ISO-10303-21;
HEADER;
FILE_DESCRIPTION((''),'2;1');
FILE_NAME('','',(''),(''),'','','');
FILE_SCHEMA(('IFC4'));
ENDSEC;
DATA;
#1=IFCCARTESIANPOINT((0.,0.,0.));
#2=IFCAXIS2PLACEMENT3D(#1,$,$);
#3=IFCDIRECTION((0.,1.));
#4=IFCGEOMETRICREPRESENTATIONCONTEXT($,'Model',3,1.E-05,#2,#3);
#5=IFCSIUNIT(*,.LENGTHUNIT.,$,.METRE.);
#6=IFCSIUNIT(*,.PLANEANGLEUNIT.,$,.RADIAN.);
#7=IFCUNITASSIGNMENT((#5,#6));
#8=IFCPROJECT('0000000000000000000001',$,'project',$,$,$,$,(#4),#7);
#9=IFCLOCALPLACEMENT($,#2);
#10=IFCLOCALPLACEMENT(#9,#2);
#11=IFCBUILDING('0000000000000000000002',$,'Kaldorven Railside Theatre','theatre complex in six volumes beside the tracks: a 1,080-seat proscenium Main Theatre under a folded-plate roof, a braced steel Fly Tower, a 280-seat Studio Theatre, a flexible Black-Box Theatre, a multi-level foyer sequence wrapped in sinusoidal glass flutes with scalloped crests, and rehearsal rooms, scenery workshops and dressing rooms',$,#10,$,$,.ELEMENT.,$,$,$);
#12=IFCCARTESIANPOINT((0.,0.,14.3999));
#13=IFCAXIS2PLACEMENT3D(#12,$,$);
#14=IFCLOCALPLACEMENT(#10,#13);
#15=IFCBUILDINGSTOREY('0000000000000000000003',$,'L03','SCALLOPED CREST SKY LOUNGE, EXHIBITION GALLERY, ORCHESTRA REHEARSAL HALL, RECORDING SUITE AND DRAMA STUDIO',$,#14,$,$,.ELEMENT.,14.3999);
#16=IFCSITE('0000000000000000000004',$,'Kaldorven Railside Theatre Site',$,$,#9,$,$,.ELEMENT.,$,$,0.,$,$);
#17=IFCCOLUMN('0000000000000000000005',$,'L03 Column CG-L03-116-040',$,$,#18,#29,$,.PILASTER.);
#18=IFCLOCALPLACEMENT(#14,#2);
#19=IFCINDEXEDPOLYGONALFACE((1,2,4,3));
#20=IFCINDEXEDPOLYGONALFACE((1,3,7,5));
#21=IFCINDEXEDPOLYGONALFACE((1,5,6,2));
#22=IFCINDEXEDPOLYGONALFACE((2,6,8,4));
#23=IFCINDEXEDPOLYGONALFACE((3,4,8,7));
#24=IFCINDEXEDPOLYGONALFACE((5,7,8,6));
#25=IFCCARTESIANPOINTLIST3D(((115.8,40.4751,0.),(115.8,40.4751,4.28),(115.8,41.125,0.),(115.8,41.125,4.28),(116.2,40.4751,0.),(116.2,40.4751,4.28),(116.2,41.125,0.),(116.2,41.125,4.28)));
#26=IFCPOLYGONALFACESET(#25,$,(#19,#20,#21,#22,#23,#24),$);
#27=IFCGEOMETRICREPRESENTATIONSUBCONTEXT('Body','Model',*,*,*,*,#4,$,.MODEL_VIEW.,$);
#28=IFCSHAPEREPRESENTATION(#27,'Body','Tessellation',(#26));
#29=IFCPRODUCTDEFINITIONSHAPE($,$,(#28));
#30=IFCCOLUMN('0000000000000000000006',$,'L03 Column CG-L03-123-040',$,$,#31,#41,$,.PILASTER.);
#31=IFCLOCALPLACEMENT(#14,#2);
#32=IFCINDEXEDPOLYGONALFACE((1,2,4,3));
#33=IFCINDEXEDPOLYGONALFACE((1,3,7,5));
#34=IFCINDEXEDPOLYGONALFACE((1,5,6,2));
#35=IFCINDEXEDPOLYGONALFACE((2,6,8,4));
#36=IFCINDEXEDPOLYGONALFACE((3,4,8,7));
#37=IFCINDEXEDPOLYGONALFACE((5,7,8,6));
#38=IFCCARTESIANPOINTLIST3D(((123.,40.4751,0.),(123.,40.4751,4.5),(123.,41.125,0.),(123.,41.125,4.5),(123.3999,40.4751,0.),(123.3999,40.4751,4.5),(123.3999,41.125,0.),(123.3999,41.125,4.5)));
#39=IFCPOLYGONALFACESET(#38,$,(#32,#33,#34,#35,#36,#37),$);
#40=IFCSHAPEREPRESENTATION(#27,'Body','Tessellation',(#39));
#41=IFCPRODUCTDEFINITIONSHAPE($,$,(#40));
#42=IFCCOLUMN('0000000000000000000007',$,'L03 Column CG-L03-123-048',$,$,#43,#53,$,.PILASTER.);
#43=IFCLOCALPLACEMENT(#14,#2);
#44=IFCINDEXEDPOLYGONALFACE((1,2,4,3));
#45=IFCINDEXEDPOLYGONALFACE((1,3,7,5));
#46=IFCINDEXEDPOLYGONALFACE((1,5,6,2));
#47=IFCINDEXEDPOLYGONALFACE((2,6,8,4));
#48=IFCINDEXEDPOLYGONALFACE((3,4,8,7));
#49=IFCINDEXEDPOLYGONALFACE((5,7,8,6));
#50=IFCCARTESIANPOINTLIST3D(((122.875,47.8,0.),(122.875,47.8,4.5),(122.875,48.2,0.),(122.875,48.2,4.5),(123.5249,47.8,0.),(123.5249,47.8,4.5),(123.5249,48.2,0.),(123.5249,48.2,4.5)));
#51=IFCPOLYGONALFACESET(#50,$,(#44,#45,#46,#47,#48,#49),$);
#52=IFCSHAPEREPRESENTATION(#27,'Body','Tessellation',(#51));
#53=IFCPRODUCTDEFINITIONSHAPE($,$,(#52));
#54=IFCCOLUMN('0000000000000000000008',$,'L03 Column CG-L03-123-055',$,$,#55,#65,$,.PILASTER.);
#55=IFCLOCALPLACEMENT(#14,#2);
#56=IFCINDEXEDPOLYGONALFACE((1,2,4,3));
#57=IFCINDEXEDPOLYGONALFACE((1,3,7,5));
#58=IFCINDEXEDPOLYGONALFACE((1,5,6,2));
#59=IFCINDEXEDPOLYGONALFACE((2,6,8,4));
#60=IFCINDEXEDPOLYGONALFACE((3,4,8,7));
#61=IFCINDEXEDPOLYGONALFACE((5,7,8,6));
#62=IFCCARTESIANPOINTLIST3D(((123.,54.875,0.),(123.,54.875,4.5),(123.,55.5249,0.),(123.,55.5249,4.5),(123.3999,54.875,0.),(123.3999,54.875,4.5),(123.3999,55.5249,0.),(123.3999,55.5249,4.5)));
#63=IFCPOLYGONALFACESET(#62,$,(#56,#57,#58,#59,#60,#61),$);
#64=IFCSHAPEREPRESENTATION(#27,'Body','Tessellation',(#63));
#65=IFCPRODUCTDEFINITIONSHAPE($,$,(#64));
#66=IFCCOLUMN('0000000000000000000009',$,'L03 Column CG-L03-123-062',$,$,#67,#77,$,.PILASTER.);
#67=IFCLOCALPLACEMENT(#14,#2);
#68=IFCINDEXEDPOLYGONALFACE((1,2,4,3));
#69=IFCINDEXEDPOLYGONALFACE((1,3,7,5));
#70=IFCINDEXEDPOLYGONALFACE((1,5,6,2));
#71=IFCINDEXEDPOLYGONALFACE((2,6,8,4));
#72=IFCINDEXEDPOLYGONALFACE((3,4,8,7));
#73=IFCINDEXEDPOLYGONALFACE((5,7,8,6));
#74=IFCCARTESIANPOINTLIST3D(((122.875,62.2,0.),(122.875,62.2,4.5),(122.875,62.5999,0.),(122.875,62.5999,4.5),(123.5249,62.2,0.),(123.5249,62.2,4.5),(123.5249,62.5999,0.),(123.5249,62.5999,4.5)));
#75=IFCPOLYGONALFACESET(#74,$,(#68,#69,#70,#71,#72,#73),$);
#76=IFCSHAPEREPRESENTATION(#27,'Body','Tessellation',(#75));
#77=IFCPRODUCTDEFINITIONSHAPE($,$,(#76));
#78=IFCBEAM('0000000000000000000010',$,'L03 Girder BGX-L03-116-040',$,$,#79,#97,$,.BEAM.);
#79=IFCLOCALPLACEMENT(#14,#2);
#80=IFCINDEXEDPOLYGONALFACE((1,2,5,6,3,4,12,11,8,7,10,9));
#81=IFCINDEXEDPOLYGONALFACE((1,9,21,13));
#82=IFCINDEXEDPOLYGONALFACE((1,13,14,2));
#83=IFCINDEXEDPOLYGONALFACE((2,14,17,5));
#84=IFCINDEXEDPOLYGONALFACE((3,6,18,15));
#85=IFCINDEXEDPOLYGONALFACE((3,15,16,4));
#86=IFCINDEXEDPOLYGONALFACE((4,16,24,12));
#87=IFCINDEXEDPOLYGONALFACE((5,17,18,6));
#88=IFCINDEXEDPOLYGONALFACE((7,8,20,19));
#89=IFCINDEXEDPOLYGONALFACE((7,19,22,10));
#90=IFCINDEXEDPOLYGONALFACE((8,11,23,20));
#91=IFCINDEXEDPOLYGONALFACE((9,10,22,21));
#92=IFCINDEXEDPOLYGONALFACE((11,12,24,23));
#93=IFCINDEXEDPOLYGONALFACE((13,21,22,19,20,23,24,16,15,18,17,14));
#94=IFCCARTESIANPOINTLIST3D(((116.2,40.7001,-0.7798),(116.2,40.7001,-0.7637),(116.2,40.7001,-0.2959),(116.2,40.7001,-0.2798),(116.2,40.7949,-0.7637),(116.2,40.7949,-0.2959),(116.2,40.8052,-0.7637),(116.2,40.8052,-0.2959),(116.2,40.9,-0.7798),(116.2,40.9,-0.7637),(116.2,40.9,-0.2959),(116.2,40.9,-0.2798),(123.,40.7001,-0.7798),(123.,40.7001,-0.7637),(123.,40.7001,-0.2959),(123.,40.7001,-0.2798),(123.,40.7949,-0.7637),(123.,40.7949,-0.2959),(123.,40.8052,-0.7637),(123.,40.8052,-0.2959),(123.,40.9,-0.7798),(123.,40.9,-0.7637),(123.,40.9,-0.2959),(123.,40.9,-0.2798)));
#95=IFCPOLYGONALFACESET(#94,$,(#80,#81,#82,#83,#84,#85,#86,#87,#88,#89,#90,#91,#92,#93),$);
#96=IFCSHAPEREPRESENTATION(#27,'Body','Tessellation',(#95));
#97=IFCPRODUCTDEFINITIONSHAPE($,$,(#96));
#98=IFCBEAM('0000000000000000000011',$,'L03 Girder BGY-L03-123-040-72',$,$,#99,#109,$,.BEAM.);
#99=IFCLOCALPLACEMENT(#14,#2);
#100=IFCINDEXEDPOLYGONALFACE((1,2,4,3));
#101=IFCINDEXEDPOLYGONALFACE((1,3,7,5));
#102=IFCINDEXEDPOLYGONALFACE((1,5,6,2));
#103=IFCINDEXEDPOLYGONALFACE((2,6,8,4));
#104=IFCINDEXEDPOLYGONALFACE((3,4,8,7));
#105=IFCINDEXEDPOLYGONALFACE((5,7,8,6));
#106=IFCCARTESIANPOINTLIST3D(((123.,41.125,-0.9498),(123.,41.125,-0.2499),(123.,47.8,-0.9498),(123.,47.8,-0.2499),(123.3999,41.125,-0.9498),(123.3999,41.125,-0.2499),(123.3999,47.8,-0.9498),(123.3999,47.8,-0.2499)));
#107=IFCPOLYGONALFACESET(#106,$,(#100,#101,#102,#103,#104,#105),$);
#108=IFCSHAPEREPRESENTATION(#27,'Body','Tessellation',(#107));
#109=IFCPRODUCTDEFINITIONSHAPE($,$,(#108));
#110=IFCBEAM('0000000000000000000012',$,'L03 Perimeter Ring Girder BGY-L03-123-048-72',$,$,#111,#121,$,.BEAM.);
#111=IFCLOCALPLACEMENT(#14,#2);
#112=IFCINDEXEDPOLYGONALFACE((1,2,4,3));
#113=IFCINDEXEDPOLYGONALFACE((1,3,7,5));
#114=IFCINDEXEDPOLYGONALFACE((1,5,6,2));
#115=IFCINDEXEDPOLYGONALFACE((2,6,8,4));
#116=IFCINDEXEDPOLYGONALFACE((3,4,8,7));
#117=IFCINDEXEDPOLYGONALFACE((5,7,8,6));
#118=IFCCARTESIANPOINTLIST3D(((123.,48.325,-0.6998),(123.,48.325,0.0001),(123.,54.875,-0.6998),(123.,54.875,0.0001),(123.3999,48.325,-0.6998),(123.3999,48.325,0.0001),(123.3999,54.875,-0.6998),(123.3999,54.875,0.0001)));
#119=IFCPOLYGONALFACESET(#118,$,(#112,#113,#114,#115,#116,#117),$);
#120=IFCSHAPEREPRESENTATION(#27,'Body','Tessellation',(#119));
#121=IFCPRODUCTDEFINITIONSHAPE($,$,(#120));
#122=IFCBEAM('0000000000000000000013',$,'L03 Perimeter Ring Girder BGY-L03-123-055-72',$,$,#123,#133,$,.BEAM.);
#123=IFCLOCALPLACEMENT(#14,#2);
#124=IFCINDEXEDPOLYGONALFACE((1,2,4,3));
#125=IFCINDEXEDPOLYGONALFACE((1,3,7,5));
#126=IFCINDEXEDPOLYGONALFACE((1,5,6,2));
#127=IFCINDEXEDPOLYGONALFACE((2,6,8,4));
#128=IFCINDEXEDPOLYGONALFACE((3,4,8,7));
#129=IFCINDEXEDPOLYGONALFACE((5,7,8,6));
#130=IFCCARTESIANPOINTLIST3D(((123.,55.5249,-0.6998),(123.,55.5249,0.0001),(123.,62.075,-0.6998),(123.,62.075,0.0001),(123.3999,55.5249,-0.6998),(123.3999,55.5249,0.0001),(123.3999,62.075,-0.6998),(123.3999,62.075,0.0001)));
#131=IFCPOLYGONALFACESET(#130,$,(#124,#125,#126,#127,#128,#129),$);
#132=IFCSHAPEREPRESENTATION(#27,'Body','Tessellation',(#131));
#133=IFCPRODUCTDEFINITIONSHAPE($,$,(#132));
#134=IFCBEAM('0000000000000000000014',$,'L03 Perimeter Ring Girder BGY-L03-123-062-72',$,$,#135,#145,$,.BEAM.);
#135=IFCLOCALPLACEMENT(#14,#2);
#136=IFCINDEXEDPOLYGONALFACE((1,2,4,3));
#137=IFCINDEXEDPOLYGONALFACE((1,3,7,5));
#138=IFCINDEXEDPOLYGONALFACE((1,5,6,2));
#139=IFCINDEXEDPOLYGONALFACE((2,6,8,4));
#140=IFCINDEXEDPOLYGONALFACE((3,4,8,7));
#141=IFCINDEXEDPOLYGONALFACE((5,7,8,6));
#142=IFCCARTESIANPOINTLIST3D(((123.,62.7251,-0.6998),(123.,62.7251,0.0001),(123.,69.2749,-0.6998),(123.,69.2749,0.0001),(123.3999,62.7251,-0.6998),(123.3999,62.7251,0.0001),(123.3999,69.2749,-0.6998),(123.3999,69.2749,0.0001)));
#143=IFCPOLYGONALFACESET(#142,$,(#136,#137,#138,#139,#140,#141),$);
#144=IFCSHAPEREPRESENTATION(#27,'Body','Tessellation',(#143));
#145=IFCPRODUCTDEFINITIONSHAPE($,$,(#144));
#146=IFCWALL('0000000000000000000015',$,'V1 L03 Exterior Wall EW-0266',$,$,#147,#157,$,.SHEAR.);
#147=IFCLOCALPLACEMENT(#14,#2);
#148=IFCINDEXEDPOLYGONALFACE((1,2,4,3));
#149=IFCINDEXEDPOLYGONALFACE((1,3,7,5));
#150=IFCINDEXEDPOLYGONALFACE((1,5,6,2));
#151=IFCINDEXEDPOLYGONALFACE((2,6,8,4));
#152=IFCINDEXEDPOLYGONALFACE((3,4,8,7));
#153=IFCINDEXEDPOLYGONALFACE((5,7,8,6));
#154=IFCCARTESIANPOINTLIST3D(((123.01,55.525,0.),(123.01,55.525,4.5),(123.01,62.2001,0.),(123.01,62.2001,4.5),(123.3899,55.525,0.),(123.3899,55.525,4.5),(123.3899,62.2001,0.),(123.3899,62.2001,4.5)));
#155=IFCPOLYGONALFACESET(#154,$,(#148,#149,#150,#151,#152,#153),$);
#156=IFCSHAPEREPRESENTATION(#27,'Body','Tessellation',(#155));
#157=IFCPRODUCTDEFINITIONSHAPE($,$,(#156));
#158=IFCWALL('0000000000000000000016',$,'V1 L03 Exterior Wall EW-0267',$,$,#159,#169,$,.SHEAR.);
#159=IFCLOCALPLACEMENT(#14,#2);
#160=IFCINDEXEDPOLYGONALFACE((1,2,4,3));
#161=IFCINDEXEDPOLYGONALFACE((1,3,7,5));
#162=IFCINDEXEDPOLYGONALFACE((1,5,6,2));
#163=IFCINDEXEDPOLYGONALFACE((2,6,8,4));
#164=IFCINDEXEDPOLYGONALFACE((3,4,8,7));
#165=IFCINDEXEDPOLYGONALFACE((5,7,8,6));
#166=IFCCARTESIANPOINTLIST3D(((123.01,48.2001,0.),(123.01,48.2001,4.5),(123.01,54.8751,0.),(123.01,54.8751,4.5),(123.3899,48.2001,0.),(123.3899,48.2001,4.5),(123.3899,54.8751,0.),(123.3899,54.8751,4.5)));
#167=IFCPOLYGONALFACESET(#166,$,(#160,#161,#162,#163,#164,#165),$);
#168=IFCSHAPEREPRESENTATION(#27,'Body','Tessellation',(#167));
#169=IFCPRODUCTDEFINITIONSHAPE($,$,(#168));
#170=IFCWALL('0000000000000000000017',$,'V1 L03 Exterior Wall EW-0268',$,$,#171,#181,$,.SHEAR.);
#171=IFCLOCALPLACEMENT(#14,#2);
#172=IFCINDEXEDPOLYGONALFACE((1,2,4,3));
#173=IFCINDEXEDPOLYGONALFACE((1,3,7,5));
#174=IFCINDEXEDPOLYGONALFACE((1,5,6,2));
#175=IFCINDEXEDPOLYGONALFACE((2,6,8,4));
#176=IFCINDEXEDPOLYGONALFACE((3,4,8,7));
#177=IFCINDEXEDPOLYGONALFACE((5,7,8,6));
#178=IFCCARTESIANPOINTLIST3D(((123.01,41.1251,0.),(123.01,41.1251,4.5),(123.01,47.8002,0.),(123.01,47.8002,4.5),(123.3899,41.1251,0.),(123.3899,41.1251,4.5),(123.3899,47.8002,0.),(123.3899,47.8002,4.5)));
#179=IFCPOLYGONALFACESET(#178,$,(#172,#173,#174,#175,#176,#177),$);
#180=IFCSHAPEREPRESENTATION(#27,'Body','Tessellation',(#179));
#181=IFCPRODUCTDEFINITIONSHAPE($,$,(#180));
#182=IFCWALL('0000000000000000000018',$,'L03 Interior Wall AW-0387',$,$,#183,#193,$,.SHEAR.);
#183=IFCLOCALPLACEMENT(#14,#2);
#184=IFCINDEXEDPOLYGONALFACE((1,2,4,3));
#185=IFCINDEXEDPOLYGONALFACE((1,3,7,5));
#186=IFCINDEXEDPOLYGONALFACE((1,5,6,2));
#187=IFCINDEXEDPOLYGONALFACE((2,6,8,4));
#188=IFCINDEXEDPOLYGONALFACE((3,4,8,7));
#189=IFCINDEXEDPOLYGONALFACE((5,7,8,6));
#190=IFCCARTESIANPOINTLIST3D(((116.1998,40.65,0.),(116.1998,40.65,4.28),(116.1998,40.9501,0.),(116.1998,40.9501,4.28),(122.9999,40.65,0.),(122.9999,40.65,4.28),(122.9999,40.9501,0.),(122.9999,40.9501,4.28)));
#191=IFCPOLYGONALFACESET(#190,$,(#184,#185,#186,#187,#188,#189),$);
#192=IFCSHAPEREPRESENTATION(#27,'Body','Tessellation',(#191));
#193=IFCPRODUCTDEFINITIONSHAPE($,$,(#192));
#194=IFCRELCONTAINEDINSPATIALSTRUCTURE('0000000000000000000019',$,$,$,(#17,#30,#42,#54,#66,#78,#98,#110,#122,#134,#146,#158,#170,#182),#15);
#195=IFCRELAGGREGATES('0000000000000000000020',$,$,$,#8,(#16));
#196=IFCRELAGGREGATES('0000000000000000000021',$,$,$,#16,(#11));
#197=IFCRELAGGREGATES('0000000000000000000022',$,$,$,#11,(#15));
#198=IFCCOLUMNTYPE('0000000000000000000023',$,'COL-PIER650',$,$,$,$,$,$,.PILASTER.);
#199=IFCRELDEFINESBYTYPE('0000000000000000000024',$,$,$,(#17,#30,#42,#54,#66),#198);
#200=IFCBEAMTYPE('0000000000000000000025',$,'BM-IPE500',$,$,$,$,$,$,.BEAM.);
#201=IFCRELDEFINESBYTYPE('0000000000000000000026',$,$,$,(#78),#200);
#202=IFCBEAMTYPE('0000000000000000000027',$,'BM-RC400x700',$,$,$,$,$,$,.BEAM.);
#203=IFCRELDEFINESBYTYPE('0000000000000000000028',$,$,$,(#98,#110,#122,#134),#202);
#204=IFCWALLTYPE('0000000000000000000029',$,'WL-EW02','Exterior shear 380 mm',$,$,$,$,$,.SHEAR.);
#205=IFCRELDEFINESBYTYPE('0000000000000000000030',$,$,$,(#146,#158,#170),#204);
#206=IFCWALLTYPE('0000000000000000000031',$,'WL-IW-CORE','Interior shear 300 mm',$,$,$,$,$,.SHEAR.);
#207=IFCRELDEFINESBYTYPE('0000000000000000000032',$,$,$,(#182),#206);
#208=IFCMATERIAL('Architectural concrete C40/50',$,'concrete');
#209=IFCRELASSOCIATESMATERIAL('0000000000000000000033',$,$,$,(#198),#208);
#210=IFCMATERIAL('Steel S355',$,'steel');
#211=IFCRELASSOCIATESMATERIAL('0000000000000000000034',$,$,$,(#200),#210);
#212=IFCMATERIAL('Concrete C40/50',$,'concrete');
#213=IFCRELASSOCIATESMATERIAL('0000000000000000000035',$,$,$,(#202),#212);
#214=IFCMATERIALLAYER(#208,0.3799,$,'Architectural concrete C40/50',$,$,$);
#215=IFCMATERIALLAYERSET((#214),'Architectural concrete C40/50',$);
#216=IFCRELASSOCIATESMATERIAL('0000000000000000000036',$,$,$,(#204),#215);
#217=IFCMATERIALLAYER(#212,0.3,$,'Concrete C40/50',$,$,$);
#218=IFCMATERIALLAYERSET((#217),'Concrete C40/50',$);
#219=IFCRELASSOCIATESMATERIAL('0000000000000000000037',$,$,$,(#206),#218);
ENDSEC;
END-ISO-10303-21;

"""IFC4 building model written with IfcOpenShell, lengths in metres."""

from ifc_helpers import new_model, si_unit, direction, frame, frame_2d, origin, origin_2d, place, context, subcontext, project, spatial, rectangle, i_section, extrude, material, layer, layer_set, material_profile, profile_set, type_object, element, save


model = new_model("IFC4")

# Units and contexts
model_context = context("Model", 3, precision=1e-05, world=origin(), true_north=direction((0.0, 1.0)))
body_context = subcontext(model_context, "Body", "Model", "MODEL_VIEW")
ifc_project = project(units=[si_unit("LENGTHUNIT", "METRE"), si_unit("PLANEANGLEUNIT", "RADIAN")], contexts=[model_context])

# Site, building, storey
site_placement = place(None, origin())
site = spatial("IfcSite", under=ifc_project, at=site_placement, Name="Kaldorven Railside Theatre Site", CompositionType="ELEMENT", RefElevation=0.0)
building_placement = place(site_placement, origin())
building = spatial("IfcBuilding", under=site, at=building_placement, Name="Kaldorven Railside Theatre", Description="theatre complex in six volumes beside the tracks: a 1,080-seat proscenium Main Theatre under a folded-plate roof, a braced steel Fly Tower, a 280-seat Studio Theatre, a flexible Black-Box Theatre, a multi-level foyer sequence wrapped in sinusoidal glass flutes with scalloped crests, and rehearsal rooms, scenery workshops and dressing rooms", CompositionType="ELEMENT")
storey_placement = place(building_placement, frame((0.0, 0.0, 14.3999)))
storey = spatial("IfcBuildingStorey", under=building, at=storey_placement, Name="L03", Description="SCALLOPED CREST SKY LOUNGE, EXHIBITION GALLERY, ORCHESTRA REHEARSAL HALL, RECORDING SUITE AND DRAMA STUDIO", CompositionType="ELEMENT", Elevation=14.3999)

# Columns
ifc_material_1 = material(Name="Architectural concrete C40/50", Category="concrete")
ifc_material_profile_1 = material_profile(ifc_material_1, rectangle(XDim=0.3999, YDim=0.6499, at=origin_2d()), Name="RC 400x650")
ifc_profile_set_1 = profile_set([ifc_material_profile_1], Name="Architectural concrete C40/50")
column_type = type_object("IfcColumnType", Name="COL-PIER650", PredefinedType="PILASTER", material=ifc_profile_set_1)
column_placement = place(storey_placement, frame((116.0, 40.8, 0.0), z_axis=(0.0, 0.0, 1.0), x_axis=(1.0, 0.0, 0.0)))
element("IfcColumn", 1, at=column_placement, inside=storey, type_object=column_type, Name="L03 Column CG-L03-116-040", PredefinedType="PILASTER", context=body_context, shape_type="SweptSolid", body=[
    extrude(rectangle(XDim=0.3999, YDim=0.6499, at=origin_2d()), origin(), (0.0, 0.0, 1.0), 4.28),
])
for number, where, z_axis, x_axis, name in (
    (2, (123.2, 40.8, 0.0), (0.0, 0.0, 1.0), (1.0, 0.0, 0.0), "L03 Column CG-L03-123-040"),
    (3, (123.2, 48.0, 0.0), (0.0, 0.0, 1.0), (0.0, 1.0, 0.0), "L03 Column CG-L03-123-048"),
    (4, (123.2, 55.2, 0.0), (0.0, 0.0, 1.0), (1.0, 0.0, 0.0), "L03 Column CG-L03-123-055"),
    (5, (123.2, 62.3999, 0.0), (0.0, 0.0, 1.0), (0.0, 1.0, 0.0), "L03 Column CG-L03-123-062"),
):
    element("IfcColumn", number, at=place(storey_placement, frame(where, z_axis=z_axis, x_axis=x_axis)), inside=storey, type_object=column_type, Name=name, PredefinedType="PILASTER", context=body_context, shape_type="SweptSolid", body=[
        extrude(rectangle(XDim=0.3999, YDim=0.6499, at=origin_2d()), origin(), (0.0, 0.0, 1.0), 4.5),
    ])

# Beams
ifc_material_2 = material(Name="Steel S355", Category="steel")
ifc_material_profile_2 = material_profile(ifc_material_2, i_section(OverallWidth=0.2, OverallDepth=0.5, WebThickness=0.0103, FlangeThickness=0.0161, at=origin_2d()), Name="IPE 500")
ifc_profile_set_2 = profile_set([ifc_material_profile_2], Name="Steel S355")
beam_type_1 = type_object("IfcBeamType", Name="BM-IPE500", PredefinedType="BEAM", material=ifc_profile_set_2)
beam_1_placement = place(storey_placement, frame((116.2, 40.8, -0.5298), z_axis=(1.0, 0.0, 0.0), x_axis=(0.0, 1.0, 0.0)))
element("IfcBeam", 6, at=beam_1_placement, inside=storey, type_object=beam_type_1, Name="L03 Girder BGX-L03-116-040", PredefinedType="BEAM", context=body_context, shape_type="SweptSolid", body=[
    extrude(i_section(OverallWidth=0.2, OverallDepth=0.5, WebThickness=0.0103, FlangeThickness=0.0161, at=origin_2d()), origin(), (0.0, 0.0, 1.0), 6.8),
])
ifc_material_3 = material(Name="Concrete C40/50", Category="concrete")
ifc_material_profile_3 = material_profile(ifc_material_3, rectangle(XDim=0.3999, YDim=0.7, at=origin_2d()), Name="RC 400x700")
ifc_profile_set_3 = profile_set([ifc_material_profile_3], Name="Concrete C40/50")
beam_type_2 = type_object("IfcBeamType", Name="BM-RC400x700", PredefinedType="BEAM", material=ifc_profile_set_3)
beam_2_placement = place(storey_placement, frame((123.2, 41.125, -0.5999), z_axis=(0.0, 1.0, 0.0), x_axis=(-1.0, 0.0, 0.0)))
element("IfcBeam", 7, at=beam_2_placement, inside=storey, type_object=beam_type_2, Name="L03 Girder BGY-L03-123-040-72", PredefinedType="BEAM", context=body_context, shape_type="SweptSolid", body=[
    extrude(rectangle(XDim=0.3999, YDim=0.7, at=origin_2d()), origin(), (0.0, 0.0, 1.0), 6.675),
])
for number, where, z_axis, x_axis, name in (
    (8, (123.2, 48.325, -0.3499), (0.0, 1.0, 0.0), (-1.0, 0.0, 0.0), "L03 Perimeter Ring Girder BGY-L03-123-048-72"),
    (9, (123.2, 55.5249, -0.3499), (0.0, 1.0, 0.0), (-1.0, 0.0, 0.0), "L03 Perimeter Ring Girder BGY-L03-123-055-72"),
):
    element("IfcBeam", number, at=place(storey_placement, frame(where, z_axis=z_axis, x_axis=x_axis)), inside=storey, type_object=beam_type_2, Name=name, PredefinedType="BEAM", context=body_context, shape_type="SweptSolid", body=[
        extrude(rectangle(XDim=0.3999, YDim=0.7, at=origin_2d()), origin(), (0.0, 0.0, 1.0), 6.55),
    ])
beam_3_placement = place(storey_placement, frame((123.2, 62.7251, -0.3499), z_axis=(0.0, 1.0, 0.0), x_axis=(-1.0, 0.0, 0.0)))
element("IfcBeam", 10, at=beam_3_placement, inside=storey, type_object=beam_type_2, Name="L03 Perimeter Ring Girder BGY-L03-123-062-72", PredefinedType="BEAM", context=body_context, shape_type="SweptSolid", body=[
    extrude(rectangle(XDim=0.3999, YDim=0.7, at=origin_2d()), origin(), (0.0, 0.0, 1.0), 6.5498),
])

# Walls
ifc_layer_1 = layer(ifc_material_1, 0.3799, Name="Architectural concrete C40/50")
ifc_layer_set_1 = layer_set([ifc_layer_1], Name="Architectural concrete C40/50")
wall_type_1 = type_object("IfcWallType", Name="WL-EW02", Description="Exterior shear 380 mm", PredefinedType="SHEAR", material=ifc_layer_set_1)
for number, where, z_axis, x_axis, name in (
    (11, (123.2, 62.2, 0.0), (0.0, 0.0, 1.0), (0.0, -1.0, 0.0), "V1 L03 Exterior Wall EW-0266"),
    (12, (123.2, 54.875, 0.0), (0.0, 0.0, 1.0), (0.0, -1.0, 0.0), "V1 L03 Exterior Wall EW-0267"),
    (13, (123.2, 47.8, 0.0), (0.0, 0.0, 1.0), (0.0, -1.0, 0.0), "V1 L03 Exterior Wall EW-0268"),
):
    element("IfcWall", number, at=place(storey_placement, frame(where, z_axis=z_axis, x_axis=x_axis)), inside=storey, type_object=wall_type_1, Name=name, PredefinedType="SHEAR", context=body_context, shape_type="SweptSolid", body=[
        extrude(rectangle(XDim=6.675, YDim=0.3799, at=frame_2d((3.3374, 0.0))), origin(), (0.0, 0.0, 1.0), 4.5),
    ])
ifc_layer_2 = layer(ifc_material_3, 0.3, Name="Concrete C40/50")
ifc_layer_set_2 = layer_set([ifc_layer_2], Name="Concrete C40/50")
wall_type_2 = type_object("IfcWallType", Name="WL-IW-CORE", Description="Interior shear 300 mm", PredefinedType="SHEAR", material=ifc_layer_set_2)
wall_1_placement = place(storey_placement, frame((116.2, 40.8, 0.0), z_axis=(0.0, 0.0, 1.0), x_axis=(1.0, 0.0, 0.0)))
element("IfcWall", 14, at=wall_1_placement, inside=storey, type_object=wall_type_2, Name="L03 Interior Wall AW-0387", PredefinedType="SHEAR", context=body_context, shape_type="SweptSolid", body=[
    extrude(rectangle(XDim=6.8, YDim=0.3, at=frame_2d((3.3999, 0.0))), origin(), (0.0, 0.0, 1.0), 4.28),
])

save(model, "model.ifc")
